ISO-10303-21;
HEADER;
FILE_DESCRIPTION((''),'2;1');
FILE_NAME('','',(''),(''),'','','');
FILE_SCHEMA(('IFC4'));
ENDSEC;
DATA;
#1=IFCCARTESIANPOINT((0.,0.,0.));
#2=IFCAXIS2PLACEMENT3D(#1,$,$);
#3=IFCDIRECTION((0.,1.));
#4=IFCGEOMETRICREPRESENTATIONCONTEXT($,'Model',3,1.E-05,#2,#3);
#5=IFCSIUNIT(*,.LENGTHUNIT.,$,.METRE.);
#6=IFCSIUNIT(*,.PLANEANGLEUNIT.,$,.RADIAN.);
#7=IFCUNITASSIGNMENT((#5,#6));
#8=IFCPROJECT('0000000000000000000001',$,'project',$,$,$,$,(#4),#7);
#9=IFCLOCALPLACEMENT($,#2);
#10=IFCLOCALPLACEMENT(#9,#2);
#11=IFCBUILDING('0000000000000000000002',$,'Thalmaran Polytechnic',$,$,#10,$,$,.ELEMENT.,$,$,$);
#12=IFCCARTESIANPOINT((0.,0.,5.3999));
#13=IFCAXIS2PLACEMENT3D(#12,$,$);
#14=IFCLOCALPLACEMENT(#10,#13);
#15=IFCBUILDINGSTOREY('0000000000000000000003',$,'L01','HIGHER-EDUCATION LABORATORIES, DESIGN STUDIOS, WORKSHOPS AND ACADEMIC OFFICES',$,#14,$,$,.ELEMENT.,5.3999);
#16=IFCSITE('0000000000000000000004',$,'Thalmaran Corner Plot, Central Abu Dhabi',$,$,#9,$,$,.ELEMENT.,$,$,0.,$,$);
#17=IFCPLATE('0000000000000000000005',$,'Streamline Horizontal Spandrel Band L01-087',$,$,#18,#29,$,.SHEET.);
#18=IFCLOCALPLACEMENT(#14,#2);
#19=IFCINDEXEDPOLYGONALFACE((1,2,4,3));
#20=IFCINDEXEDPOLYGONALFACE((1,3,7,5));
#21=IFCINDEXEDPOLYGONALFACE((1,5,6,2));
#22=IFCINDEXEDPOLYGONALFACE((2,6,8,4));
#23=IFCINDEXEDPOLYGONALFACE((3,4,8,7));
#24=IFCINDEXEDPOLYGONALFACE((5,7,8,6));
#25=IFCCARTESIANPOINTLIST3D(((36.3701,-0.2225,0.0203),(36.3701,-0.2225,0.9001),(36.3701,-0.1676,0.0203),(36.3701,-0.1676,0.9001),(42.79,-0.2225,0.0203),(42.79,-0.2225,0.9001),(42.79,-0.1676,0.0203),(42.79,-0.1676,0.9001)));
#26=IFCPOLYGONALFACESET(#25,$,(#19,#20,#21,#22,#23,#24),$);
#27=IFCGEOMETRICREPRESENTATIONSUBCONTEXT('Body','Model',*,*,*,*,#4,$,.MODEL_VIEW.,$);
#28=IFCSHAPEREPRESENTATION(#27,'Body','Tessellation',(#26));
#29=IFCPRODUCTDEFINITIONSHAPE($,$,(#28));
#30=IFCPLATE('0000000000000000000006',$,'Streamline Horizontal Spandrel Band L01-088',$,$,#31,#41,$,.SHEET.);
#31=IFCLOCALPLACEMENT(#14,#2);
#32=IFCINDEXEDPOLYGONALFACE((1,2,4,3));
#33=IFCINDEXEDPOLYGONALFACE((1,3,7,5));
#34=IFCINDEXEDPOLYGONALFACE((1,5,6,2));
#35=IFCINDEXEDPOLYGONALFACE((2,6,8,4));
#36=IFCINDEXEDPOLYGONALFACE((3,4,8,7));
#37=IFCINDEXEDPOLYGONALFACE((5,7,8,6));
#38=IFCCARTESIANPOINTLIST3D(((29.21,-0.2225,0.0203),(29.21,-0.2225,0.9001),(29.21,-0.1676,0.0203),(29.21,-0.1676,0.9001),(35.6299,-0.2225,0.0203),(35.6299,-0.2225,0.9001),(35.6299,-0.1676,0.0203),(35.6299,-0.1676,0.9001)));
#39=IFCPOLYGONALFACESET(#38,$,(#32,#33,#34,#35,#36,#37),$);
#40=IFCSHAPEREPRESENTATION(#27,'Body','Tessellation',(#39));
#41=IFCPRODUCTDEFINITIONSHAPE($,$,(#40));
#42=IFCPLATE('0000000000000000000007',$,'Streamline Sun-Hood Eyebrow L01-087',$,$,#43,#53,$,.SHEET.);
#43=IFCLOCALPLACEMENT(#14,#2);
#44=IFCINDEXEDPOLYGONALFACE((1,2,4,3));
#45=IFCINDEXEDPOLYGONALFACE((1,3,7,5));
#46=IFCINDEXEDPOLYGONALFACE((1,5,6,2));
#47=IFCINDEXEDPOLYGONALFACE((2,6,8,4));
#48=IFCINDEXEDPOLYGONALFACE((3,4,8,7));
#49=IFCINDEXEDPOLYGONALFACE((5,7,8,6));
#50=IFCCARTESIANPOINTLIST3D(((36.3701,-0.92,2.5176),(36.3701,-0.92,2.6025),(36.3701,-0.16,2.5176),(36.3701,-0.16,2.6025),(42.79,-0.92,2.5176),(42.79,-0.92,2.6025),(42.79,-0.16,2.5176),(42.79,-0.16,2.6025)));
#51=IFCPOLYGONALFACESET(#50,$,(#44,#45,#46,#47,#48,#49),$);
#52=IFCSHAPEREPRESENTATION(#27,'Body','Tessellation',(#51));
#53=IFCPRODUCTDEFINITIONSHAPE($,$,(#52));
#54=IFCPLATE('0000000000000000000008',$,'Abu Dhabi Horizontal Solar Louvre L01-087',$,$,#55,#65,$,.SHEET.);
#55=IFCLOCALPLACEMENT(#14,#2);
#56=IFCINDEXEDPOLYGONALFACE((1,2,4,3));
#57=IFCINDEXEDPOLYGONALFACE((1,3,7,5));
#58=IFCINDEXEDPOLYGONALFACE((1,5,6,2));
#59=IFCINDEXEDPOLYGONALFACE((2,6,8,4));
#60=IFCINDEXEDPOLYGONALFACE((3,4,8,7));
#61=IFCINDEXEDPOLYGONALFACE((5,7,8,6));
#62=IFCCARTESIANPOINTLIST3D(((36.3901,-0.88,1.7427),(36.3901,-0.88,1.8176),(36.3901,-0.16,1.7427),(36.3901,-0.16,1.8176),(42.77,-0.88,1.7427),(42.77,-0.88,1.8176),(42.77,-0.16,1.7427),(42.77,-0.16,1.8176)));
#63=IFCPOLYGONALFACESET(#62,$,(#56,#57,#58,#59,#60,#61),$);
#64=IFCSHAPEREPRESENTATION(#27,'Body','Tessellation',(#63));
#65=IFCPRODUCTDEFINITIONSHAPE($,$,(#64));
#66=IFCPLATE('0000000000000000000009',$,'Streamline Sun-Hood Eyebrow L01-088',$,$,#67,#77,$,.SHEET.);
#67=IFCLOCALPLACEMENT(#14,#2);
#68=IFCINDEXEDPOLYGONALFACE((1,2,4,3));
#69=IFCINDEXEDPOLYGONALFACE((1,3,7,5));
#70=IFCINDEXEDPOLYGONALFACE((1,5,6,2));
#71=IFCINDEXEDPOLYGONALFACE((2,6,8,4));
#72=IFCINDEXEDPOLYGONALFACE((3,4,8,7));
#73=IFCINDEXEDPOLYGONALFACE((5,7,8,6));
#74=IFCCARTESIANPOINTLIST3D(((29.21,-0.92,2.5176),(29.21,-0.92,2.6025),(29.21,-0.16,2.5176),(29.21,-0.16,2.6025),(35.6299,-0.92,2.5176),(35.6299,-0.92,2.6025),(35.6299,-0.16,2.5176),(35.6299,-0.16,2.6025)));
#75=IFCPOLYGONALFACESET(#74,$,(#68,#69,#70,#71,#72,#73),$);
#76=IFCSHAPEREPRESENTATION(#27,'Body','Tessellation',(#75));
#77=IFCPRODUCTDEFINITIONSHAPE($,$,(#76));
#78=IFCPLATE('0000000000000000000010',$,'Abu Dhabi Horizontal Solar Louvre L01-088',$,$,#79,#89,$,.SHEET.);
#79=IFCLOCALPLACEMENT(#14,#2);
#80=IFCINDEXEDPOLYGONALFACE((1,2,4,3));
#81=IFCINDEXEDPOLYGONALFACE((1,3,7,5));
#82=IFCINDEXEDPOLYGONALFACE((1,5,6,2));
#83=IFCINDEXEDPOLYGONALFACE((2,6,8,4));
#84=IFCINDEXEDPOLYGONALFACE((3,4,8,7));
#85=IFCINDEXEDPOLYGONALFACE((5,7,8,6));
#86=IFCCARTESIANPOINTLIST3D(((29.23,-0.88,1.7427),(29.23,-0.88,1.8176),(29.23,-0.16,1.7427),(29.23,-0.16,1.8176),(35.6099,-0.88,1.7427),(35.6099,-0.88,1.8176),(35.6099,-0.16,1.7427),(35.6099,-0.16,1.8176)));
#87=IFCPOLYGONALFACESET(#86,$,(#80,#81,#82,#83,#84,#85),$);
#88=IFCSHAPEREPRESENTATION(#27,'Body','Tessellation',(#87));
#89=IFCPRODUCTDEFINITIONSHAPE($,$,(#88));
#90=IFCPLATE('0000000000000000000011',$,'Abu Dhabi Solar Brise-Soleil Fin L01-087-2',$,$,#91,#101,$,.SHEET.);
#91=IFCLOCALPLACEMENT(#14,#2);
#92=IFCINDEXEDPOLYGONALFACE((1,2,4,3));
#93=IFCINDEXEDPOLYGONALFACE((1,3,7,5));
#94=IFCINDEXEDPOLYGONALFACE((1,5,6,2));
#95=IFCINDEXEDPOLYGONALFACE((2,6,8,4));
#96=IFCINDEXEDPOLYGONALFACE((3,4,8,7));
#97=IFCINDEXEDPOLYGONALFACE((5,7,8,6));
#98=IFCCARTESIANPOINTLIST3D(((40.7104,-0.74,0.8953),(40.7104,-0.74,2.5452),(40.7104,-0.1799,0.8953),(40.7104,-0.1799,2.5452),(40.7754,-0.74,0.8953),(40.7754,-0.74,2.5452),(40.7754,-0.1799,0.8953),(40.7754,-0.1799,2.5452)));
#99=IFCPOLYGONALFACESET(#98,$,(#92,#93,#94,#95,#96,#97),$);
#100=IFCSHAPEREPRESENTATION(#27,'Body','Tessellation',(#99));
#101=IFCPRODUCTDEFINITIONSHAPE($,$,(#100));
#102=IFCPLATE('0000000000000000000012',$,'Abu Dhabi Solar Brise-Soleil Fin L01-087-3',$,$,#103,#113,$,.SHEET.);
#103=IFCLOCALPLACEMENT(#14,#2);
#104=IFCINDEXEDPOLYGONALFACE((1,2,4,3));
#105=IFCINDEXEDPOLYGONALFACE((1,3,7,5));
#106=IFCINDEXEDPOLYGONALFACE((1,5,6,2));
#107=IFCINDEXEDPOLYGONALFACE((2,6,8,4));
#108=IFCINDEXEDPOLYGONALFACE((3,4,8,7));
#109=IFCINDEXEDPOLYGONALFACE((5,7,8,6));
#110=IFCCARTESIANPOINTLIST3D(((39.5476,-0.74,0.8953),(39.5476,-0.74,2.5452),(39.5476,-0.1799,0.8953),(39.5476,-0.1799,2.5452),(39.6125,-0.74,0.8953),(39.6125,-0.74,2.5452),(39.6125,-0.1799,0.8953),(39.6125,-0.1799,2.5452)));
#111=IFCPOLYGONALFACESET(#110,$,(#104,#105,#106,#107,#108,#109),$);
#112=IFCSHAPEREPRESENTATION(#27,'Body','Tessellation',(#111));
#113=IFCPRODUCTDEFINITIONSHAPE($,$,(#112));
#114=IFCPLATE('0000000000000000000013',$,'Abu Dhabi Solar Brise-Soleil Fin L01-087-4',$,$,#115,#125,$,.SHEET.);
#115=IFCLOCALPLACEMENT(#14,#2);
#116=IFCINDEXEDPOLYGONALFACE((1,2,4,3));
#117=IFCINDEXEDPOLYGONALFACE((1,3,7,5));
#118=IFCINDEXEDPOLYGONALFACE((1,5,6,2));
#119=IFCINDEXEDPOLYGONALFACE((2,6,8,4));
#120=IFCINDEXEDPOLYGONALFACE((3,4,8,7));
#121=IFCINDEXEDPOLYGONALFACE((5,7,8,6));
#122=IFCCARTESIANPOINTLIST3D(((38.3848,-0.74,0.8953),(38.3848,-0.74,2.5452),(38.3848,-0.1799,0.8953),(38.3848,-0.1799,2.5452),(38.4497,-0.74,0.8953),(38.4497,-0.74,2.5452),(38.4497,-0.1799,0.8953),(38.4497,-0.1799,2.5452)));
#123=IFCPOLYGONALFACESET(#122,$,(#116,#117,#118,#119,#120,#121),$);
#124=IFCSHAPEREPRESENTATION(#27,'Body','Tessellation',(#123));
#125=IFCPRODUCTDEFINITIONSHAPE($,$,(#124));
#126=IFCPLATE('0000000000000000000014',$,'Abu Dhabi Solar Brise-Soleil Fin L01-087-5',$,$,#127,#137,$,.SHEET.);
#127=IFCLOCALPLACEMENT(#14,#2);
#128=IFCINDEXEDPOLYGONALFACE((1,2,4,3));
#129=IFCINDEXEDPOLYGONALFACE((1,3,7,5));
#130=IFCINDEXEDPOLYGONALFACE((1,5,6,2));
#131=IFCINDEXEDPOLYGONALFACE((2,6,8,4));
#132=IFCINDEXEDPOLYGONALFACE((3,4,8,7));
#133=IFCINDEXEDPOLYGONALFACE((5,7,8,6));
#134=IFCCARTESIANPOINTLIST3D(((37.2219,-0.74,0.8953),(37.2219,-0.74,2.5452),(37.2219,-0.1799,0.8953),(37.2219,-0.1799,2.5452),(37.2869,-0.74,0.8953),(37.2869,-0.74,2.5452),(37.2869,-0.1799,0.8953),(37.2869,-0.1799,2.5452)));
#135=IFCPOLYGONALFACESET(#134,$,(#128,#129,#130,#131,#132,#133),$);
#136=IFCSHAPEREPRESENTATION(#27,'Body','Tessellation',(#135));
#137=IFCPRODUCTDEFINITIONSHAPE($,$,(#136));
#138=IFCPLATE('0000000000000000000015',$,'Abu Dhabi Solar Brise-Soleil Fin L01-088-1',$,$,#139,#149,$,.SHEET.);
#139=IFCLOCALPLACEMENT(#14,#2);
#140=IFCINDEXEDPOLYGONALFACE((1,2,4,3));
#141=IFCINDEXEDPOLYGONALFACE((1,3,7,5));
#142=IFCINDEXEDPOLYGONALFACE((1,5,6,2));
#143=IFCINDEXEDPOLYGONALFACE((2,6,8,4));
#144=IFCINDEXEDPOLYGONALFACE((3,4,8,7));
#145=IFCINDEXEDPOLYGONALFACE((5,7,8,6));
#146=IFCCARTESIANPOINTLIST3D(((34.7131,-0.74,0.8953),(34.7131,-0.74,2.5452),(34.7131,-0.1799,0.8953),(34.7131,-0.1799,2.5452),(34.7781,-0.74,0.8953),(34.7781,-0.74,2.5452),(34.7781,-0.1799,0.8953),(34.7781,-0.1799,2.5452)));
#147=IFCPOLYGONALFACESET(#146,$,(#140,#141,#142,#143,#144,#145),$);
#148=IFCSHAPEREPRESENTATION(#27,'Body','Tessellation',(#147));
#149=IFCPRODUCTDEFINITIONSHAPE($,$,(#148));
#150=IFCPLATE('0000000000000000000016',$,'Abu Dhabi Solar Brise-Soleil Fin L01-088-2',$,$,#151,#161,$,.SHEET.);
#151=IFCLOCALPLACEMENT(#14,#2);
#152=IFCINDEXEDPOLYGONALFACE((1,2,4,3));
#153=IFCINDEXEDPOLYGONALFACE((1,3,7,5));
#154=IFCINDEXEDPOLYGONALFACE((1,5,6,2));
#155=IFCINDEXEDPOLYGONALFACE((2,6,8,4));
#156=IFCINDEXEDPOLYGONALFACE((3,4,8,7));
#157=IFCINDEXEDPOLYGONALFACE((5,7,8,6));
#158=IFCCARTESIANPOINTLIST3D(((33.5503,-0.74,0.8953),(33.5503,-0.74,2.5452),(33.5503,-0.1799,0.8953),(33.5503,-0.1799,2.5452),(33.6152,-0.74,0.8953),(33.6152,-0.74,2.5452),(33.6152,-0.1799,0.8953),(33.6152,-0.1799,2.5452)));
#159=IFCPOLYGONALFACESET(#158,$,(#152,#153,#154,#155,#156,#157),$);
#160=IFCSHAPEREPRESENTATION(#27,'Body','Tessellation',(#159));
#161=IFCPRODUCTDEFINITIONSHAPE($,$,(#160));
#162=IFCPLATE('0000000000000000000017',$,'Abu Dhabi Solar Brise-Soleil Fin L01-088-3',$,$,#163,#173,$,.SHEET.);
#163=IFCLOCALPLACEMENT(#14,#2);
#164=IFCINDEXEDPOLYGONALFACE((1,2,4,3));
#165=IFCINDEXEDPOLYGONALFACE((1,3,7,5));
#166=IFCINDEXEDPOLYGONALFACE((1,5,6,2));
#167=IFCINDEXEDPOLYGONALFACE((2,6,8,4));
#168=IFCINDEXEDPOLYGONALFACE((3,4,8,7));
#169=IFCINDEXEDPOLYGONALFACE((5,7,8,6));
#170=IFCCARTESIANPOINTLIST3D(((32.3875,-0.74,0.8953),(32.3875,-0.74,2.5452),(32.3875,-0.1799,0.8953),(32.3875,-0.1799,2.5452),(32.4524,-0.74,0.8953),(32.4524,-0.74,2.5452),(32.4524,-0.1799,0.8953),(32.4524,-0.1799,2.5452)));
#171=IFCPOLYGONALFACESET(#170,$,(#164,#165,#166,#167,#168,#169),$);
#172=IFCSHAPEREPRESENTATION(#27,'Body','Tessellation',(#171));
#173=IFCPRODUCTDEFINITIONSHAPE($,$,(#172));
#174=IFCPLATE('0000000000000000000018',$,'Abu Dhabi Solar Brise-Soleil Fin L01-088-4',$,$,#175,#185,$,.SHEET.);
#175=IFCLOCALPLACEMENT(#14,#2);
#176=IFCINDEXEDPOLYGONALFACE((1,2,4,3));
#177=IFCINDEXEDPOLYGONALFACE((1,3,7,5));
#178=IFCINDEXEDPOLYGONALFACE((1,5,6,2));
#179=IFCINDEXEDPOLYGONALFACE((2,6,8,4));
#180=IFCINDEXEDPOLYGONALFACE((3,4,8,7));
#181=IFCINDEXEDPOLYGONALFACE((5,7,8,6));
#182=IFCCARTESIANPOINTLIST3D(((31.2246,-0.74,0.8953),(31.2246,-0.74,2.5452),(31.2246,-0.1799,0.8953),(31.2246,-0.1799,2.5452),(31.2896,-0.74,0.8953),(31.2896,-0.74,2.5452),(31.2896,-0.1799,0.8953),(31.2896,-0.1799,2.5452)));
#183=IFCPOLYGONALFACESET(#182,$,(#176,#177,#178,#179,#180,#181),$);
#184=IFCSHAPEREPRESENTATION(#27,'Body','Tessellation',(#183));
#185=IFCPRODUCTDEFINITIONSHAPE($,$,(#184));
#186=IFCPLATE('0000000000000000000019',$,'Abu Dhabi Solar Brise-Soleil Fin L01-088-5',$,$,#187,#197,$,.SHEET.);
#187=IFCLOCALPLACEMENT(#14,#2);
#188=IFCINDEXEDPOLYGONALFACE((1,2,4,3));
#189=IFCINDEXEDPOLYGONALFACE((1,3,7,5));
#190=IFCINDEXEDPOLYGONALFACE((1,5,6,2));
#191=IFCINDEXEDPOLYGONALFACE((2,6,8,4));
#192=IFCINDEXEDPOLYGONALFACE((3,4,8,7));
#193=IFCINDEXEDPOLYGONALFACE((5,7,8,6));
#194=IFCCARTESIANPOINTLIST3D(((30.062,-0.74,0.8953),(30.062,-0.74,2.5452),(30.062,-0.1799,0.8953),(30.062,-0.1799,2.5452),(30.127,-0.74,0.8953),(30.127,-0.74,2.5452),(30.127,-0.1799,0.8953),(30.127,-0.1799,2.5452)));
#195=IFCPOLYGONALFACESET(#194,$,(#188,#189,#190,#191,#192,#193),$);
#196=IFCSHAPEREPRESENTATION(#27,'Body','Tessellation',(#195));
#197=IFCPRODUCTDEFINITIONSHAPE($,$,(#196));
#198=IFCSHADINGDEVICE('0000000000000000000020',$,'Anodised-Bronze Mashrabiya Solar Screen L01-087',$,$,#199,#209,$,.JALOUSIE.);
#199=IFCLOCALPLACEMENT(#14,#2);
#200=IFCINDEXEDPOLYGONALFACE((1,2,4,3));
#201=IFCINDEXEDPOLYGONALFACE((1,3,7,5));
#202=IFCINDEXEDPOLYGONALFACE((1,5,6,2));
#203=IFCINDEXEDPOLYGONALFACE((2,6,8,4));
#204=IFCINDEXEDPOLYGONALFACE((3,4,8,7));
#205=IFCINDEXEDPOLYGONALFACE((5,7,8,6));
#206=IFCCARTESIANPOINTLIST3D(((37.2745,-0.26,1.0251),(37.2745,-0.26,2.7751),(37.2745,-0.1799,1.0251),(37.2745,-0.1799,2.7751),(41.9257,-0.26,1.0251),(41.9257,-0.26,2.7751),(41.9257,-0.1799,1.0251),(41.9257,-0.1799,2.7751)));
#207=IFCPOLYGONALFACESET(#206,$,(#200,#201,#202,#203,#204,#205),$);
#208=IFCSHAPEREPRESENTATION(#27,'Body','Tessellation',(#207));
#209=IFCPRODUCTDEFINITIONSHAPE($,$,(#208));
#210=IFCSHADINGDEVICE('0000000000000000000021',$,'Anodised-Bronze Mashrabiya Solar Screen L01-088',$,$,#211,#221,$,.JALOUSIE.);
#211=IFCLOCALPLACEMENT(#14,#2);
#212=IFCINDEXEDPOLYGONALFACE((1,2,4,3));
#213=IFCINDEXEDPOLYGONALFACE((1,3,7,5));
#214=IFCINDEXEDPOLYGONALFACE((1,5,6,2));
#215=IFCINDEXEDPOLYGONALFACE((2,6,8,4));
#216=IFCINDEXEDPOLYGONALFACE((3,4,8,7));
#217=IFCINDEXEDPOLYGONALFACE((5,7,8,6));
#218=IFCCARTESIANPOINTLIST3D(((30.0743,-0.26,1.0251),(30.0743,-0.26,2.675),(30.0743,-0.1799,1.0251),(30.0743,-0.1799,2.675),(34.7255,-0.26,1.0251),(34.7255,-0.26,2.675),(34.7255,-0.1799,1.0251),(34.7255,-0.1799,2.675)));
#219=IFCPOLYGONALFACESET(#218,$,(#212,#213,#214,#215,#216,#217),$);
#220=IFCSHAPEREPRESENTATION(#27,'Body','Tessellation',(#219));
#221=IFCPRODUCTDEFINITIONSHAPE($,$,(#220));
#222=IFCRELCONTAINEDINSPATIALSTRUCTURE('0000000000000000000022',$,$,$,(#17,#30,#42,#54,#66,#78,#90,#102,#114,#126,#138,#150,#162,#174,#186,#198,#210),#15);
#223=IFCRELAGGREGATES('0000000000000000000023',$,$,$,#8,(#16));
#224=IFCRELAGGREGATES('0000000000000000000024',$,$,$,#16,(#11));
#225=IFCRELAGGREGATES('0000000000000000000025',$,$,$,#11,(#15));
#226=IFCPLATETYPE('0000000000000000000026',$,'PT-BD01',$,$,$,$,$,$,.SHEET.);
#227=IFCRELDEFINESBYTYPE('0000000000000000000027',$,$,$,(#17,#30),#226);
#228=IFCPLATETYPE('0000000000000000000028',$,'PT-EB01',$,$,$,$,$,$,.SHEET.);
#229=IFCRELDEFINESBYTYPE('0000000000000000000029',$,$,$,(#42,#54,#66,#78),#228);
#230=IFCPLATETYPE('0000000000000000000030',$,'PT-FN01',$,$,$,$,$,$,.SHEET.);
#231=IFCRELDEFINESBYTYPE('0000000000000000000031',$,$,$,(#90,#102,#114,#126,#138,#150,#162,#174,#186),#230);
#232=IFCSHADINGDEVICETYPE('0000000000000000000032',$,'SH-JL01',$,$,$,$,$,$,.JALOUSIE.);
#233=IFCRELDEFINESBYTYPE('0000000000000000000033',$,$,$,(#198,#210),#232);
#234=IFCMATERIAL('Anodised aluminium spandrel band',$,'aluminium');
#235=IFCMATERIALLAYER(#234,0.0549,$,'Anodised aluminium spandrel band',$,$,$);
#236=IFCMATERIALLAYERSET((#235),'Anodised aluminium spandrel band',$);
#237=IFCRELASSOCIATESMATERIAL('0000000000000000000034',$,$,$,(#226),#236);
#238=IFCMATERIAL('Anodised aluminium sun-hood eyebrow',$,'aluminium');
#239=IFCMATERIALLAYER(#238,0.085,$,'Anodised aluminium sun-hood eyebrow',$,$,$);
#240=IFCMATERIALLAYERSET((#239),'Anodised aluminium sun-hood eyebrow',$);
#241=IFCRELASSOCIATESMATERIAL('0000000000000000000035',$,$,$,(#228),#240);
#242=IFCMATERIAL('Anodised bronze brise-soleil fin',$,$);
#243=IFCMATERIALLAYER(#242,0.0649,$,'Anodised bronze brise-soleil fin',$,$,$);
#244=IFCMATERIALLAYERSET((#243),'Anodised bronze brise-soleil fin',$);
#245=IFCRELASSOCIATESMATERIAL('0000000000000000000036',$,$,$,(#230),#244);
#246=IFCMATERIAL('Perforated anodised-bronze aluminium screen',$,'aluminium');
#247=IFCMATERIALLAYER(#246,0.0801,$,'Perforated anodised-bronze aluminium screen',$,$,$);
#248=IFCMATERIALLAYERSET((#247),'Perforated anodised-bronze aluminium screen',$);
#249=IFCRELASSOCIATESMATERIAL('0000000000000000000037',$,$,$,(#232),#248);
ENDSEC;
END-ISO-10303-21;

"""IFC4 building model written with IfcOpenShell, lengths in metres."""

from ifc_helpers import new_model, si_unit, direction, frame, origin, origin_2d, place, context, subcontext, project, spatial, rectangle, extrude, material, layer, layer_set, type_object, element, save


model = new_model("IFC4")

# Units and contexts
model_context = context("Model", 3, precision=1e-05, world=origin(), true_north=direction((0.0, 1.0)))
body_context = subcontext(model_context, "Body", "Model", "MODEL_VIEW")
ifc_project = project(units=[si_unit("LENGTHUNIT", "METRE"), si_unit("PLANEANGLEUNIT", "RADIAN")], contexts=[model_context])

# Site, building, storey
site_placement = place(None, origin())
site = spatial("IfcSite", under=ifc_project, at=site_placement, Name="Thalmaran Corner Plot, Central Abu Dhabi", CompositionType="ELEMENT", RefElevation=0.0)
building_placement = place(site_placement, origin())
building = spatial("IfcBuilding", under=site, at=building_placement, Name="Thalmaran Polytechnic", CompositionType="ELEMENT")
storey_placement = place(building_placement, frame((0.0, 0.0, 5.3999)))
storey = spatial("IfcBuildingStorey", under=building, at=storey_placement, Name="L01", Description="HIGHER-EDUCATION LABORATORIES, DESIGN STUDIOS, WORKSHOPS AND ACADEMIC OFFICES", CompositionType="ELEMENT", Elevation=5.3999)

# Plates
ifc_material_1 = material(Name="Anodised aluminium spandrel band", Category="aluminium")
ifc_layer_1 = layer(ifc_material_1, 0.0549, Name="Anodised aluminium spandrel band")
ifc_layer_set_1 = layer_set([ifc_layer_1], Name="Anodised aluminium spandrel band")
plate_type_1 = type_object("IfcPlateType", Name="PT-BD01", PredefinedType="SHEET", material=ifc_layer_set_1)
for number, where, z_axis, x_axis, name in (
    (1, (39.5801, -0.1951, 0.0203), (0.0, 0.0, 1.0), (-1.0, 0.0, 0.0), "Streamline Horizontal Spandrel Band L01-087"),
    (2, (32.4199, -0.1951, 0.0203), (0.0, 0.0, 1.0), (-1.0, 0.0, 0.0), "Streamline Horizontal Spandrel Band L01-088"),
):
    element("IfcPlate", number, at=place(storey_placement, frame(where, z_axis=z_axis, x_axis=x_axis)), inside=storey, type_object=plate_type_1, Name=name, PredefinedType="SHEET", context=body_context, shape_type="SweptSolid", body=[
        extrude(rectangle(XDim=6.4199, YDim=0.0549, at=origin_2d()), origin(), (0.0, 0.0, 1.0), 0.8799),
    ])
ifc_material_2 = material(Name="Anodised aluminium sun-hood eyebrow", Category="aluminium")
ifc_layer_2 = layer(ifc_material_2, 0.085, Name="Anodised aluminium sun-hood eyebrow")
ifc_layer_set_2 = layer_set([ifc_layer_2], Name="Anodised aluminium sun-hood eyebrow")
plate_type_2 = type_object("IfcPlateType", Name="PT-EB01", PredefinedType="SHEET", material=ifc_layer_set_2)
plate_1_placement = place(storey_placement, frame((39.5801, -0.54, 2.5176), z_axis=(0.0, 0.0, 1.0), x_axis=(-1.0, 0.0, 0.0)))
element("IfcPlate", 3, at=plate_1_placement, inside=storey, type_object=plate_type_2, Name="Streamline Sun-Hood Eyebrow L01-087", PredefinedType="SHEET", context=body_context, shape_type="SweptSolid", body=[
    extrude(rectangle(XDim=6.4199, YDim=0.76, at=origin_2d()), origin(), (0.0, 0.0, 1.0), 0.085),
])
plate_2_placement = place(storey_placement, frame((39.5801, -0.52, 1.7427), z_axis=(0.0, 0.0, 1.0), x_axis=(-1.0, 0.0, 0.0)))
element("IfcPlate", 4, at=plate_2_placement, inside=storey, type_object=plate_type_2, Name="Abu Dhabi Horizontal Solar Louvre L01-087", PredefinedType="SHEET", context=body_context, shape_type="SweptSolid", body=[
    extrude(rectangle(XDim=6.3799, YDim=0.72, at=origin_2d()), origin(), (0.0, 0.0, 1.0), 0.075),
])
plate_3_placement = place(storey_placement, frame((32.4199, -0.54, 2.5176), z_axis=(0.0, 0.0, 1.0), x_axis=(-1.0, 0.0, 0.0)))
element("IfcPlate", 5, at=plate_3_placement, inside=storey, type_object=plate_type_2, Name="Streamline Sun-Hood Eyebrow L01-088", PredefinedType="SHEET", context=body_context, shape_type="SweptSolid", body=[
    extrude(rectangle(XDim=6.4199, YDim=0.76, at=origin_2d()), origin(), (0.0, 0.0, 1.0), 0.085),
])
plate_4_placement = place(storey_placement, frame((32.4199, -0.52, 1.7427), z_axis=(0.0, 0.0, 1.0), x_axis=(-1.0, 0.0, 0.0)))
element("IfcPlate", 6, at=plate_4_placement, inside=storey, type_object=plate_type_2, Name="Abu Dhabi Horizontal Solar Louvre L01-088", PredefinedType="SHEET", context=body_context, shape_type="SweptSolid", body=[
    extrude(rectangle(XDim=6.3799, YDim=0.72, at=origin_2d()), origin(), (0.0, 0.0, 1.0), 0.075),
])
ifc_material_3 = material(Name="Anodised bronze brise-soleil fin")
ifc_layer_3 = layer(ifc_material_3, 0.0649, Name="Anodised bronze brise-soleil fin")
ifc_layer_set_3 = layer_set([ifc_layer_3], Name="Anodised bronze brise-soleil fin")
plate_type_3 = type_object("IfcPlateType", Name="PT-FN01", PredefinedType="SHEET", material=ifc_layer_set_3)
for number, where, z_axis, x_axis, name in (
    (7, (40.7429, -0.46, 0.8953), (0.0, 0.0, 1.0), (-1.0, 0.0, 0.0), "Abu Dhabi Solar Brise-Soleil Fin L01-087-2"),
    (8, (39.5801, -0.46, 0.8953), (0.0, 0.0, 1.0), (-1.0, 0.0, 0.0), "Abu Dhabi Solar Brise-Soleil Fin L01-087-3"),
    (9, (38.4172, -0.46, 0.8953), (0.0, 0.0, 1.0), (-1.0, 0.0, 0.0), "Abu Dhabi Solar Brise-Soleil Fin L01-087-4"),
    (10, (37.2544, -0.46, 0.8953), (0.0, 0.0, 1.0), (-1.0, 0.0, 0.0), "Abu Dhabi Solar Brise-Soleil Fin L01-087-5"),
    (11, (34.7456, -0.46, 0.8953), (0.0, 0.0, 1.0), (-1.0, 0.0, 0.0), "Abu Dhabi Solar Brise-Soleil Fin L01-088-1"),
    (12, (33.5828, -0.46, 0.8953), (0.0, 0.0, 1.0), (-1.0, 0.0, 0.0), "Abu Dhabi Solar Brise-Soleil Fin L01-088-2"),
    (13, (32.4199, -0.46, 0.8953), (0.0, 0.0, 1.0), (-1.0, 0.0, 0.0), "Abu Dhabi Solar Brise-Soleil Fin L01-088-3"),
    (14, (31.2571, -0.46, 0.8953), (0.0, 0.0, 1.0), (-1.0, 0.0, 0.0), "Abu Dhabi Solar Brise-Soleil Fin L01-088-4"),
    (15, (30.0945, -0.46, 0.8953), (0.0, 0.0, 1.0), (-1.0, 0.0, 0.0), "Abu Dhabi Solar Brise-Soleil Fin L01-088-5"),
):
    element("IfcPlate", number, at=place(storey_placement, frame(where, z_axis=z_axis, x_axis=x_axis)), inside=storey, type_object=plate_type_3, Name=name, PredefinedType="SHEET", context=body_context, shape_type="SweptSolid", body=[
        extrude(rectangle(XDim=0.0649, YDim=0.5601, at=origin_2d()), origin(), (0.0, 0.0, 1.0), 1.6499),
    ])

# Shading devices
ifc_material_4 = material(Name="Perforated anodised-bronze aluminium screen", Category="aluminium")
ifc_layer_4 = layer(ifc_material_4, 0.0801, Name="Perforated anodised-bronze aluminium screen")
ifc_layer_set_4 = layer_set([ifc_layer_4], Name="Perforated anodised-bronze aluminium screen")
shading_device_type = type_object("IfcShadingDeviceType", Name="SH-JL01", PredefinedType="JALOUSIE", material=ifc_layer_set_4)
shading_device_1_placement = place(storey_placement, frame((39.6001, -0.22, 1.0251), z_axis=(0.0, 0.0, 1.0), x_axis=(-1.0, 0.0, 0.0)))
element("IfcShadingDevice", 16, at=shading_device_1_placement, inside=storey, type_object=shading_device_type, Name="Anodised-Bronze Mashrabiya Solar Screen L01-087", PredefinedType="JALOUSIE", context=body_context, shape_type="SweptSolid", body=[
    extrude(rectangle(XDim=4.6511, YDim=0.0801, at=origin_2d()), origin(), (0.0, 0.0, 1.0), 1.75),
])
shading_device_2_placement = place(storey_placement, frame((32.3999, -0.22, 1.0251), z_axis=(0.0, 0.0, 1.0), x_axis=(-1.0, 0.0, 0.0)))
element("IfcShadingDevice", 17, at=shading_device_2_placement, inside=storey, type_object=shading_device_type, Name="Anodised-Bronze Mashrabiya Solar Screen L01-088", PredefinedType="JALOUSIE", context=body_context, shape_type="SweptSolid", body=[
    extrude(rectangle(XDim=4.6511, YDim=0.0801, at=origin_2d()), origin(), (0.0, 0.0, 1.0), 1.6499),
])

save(model, "model.ifc")
